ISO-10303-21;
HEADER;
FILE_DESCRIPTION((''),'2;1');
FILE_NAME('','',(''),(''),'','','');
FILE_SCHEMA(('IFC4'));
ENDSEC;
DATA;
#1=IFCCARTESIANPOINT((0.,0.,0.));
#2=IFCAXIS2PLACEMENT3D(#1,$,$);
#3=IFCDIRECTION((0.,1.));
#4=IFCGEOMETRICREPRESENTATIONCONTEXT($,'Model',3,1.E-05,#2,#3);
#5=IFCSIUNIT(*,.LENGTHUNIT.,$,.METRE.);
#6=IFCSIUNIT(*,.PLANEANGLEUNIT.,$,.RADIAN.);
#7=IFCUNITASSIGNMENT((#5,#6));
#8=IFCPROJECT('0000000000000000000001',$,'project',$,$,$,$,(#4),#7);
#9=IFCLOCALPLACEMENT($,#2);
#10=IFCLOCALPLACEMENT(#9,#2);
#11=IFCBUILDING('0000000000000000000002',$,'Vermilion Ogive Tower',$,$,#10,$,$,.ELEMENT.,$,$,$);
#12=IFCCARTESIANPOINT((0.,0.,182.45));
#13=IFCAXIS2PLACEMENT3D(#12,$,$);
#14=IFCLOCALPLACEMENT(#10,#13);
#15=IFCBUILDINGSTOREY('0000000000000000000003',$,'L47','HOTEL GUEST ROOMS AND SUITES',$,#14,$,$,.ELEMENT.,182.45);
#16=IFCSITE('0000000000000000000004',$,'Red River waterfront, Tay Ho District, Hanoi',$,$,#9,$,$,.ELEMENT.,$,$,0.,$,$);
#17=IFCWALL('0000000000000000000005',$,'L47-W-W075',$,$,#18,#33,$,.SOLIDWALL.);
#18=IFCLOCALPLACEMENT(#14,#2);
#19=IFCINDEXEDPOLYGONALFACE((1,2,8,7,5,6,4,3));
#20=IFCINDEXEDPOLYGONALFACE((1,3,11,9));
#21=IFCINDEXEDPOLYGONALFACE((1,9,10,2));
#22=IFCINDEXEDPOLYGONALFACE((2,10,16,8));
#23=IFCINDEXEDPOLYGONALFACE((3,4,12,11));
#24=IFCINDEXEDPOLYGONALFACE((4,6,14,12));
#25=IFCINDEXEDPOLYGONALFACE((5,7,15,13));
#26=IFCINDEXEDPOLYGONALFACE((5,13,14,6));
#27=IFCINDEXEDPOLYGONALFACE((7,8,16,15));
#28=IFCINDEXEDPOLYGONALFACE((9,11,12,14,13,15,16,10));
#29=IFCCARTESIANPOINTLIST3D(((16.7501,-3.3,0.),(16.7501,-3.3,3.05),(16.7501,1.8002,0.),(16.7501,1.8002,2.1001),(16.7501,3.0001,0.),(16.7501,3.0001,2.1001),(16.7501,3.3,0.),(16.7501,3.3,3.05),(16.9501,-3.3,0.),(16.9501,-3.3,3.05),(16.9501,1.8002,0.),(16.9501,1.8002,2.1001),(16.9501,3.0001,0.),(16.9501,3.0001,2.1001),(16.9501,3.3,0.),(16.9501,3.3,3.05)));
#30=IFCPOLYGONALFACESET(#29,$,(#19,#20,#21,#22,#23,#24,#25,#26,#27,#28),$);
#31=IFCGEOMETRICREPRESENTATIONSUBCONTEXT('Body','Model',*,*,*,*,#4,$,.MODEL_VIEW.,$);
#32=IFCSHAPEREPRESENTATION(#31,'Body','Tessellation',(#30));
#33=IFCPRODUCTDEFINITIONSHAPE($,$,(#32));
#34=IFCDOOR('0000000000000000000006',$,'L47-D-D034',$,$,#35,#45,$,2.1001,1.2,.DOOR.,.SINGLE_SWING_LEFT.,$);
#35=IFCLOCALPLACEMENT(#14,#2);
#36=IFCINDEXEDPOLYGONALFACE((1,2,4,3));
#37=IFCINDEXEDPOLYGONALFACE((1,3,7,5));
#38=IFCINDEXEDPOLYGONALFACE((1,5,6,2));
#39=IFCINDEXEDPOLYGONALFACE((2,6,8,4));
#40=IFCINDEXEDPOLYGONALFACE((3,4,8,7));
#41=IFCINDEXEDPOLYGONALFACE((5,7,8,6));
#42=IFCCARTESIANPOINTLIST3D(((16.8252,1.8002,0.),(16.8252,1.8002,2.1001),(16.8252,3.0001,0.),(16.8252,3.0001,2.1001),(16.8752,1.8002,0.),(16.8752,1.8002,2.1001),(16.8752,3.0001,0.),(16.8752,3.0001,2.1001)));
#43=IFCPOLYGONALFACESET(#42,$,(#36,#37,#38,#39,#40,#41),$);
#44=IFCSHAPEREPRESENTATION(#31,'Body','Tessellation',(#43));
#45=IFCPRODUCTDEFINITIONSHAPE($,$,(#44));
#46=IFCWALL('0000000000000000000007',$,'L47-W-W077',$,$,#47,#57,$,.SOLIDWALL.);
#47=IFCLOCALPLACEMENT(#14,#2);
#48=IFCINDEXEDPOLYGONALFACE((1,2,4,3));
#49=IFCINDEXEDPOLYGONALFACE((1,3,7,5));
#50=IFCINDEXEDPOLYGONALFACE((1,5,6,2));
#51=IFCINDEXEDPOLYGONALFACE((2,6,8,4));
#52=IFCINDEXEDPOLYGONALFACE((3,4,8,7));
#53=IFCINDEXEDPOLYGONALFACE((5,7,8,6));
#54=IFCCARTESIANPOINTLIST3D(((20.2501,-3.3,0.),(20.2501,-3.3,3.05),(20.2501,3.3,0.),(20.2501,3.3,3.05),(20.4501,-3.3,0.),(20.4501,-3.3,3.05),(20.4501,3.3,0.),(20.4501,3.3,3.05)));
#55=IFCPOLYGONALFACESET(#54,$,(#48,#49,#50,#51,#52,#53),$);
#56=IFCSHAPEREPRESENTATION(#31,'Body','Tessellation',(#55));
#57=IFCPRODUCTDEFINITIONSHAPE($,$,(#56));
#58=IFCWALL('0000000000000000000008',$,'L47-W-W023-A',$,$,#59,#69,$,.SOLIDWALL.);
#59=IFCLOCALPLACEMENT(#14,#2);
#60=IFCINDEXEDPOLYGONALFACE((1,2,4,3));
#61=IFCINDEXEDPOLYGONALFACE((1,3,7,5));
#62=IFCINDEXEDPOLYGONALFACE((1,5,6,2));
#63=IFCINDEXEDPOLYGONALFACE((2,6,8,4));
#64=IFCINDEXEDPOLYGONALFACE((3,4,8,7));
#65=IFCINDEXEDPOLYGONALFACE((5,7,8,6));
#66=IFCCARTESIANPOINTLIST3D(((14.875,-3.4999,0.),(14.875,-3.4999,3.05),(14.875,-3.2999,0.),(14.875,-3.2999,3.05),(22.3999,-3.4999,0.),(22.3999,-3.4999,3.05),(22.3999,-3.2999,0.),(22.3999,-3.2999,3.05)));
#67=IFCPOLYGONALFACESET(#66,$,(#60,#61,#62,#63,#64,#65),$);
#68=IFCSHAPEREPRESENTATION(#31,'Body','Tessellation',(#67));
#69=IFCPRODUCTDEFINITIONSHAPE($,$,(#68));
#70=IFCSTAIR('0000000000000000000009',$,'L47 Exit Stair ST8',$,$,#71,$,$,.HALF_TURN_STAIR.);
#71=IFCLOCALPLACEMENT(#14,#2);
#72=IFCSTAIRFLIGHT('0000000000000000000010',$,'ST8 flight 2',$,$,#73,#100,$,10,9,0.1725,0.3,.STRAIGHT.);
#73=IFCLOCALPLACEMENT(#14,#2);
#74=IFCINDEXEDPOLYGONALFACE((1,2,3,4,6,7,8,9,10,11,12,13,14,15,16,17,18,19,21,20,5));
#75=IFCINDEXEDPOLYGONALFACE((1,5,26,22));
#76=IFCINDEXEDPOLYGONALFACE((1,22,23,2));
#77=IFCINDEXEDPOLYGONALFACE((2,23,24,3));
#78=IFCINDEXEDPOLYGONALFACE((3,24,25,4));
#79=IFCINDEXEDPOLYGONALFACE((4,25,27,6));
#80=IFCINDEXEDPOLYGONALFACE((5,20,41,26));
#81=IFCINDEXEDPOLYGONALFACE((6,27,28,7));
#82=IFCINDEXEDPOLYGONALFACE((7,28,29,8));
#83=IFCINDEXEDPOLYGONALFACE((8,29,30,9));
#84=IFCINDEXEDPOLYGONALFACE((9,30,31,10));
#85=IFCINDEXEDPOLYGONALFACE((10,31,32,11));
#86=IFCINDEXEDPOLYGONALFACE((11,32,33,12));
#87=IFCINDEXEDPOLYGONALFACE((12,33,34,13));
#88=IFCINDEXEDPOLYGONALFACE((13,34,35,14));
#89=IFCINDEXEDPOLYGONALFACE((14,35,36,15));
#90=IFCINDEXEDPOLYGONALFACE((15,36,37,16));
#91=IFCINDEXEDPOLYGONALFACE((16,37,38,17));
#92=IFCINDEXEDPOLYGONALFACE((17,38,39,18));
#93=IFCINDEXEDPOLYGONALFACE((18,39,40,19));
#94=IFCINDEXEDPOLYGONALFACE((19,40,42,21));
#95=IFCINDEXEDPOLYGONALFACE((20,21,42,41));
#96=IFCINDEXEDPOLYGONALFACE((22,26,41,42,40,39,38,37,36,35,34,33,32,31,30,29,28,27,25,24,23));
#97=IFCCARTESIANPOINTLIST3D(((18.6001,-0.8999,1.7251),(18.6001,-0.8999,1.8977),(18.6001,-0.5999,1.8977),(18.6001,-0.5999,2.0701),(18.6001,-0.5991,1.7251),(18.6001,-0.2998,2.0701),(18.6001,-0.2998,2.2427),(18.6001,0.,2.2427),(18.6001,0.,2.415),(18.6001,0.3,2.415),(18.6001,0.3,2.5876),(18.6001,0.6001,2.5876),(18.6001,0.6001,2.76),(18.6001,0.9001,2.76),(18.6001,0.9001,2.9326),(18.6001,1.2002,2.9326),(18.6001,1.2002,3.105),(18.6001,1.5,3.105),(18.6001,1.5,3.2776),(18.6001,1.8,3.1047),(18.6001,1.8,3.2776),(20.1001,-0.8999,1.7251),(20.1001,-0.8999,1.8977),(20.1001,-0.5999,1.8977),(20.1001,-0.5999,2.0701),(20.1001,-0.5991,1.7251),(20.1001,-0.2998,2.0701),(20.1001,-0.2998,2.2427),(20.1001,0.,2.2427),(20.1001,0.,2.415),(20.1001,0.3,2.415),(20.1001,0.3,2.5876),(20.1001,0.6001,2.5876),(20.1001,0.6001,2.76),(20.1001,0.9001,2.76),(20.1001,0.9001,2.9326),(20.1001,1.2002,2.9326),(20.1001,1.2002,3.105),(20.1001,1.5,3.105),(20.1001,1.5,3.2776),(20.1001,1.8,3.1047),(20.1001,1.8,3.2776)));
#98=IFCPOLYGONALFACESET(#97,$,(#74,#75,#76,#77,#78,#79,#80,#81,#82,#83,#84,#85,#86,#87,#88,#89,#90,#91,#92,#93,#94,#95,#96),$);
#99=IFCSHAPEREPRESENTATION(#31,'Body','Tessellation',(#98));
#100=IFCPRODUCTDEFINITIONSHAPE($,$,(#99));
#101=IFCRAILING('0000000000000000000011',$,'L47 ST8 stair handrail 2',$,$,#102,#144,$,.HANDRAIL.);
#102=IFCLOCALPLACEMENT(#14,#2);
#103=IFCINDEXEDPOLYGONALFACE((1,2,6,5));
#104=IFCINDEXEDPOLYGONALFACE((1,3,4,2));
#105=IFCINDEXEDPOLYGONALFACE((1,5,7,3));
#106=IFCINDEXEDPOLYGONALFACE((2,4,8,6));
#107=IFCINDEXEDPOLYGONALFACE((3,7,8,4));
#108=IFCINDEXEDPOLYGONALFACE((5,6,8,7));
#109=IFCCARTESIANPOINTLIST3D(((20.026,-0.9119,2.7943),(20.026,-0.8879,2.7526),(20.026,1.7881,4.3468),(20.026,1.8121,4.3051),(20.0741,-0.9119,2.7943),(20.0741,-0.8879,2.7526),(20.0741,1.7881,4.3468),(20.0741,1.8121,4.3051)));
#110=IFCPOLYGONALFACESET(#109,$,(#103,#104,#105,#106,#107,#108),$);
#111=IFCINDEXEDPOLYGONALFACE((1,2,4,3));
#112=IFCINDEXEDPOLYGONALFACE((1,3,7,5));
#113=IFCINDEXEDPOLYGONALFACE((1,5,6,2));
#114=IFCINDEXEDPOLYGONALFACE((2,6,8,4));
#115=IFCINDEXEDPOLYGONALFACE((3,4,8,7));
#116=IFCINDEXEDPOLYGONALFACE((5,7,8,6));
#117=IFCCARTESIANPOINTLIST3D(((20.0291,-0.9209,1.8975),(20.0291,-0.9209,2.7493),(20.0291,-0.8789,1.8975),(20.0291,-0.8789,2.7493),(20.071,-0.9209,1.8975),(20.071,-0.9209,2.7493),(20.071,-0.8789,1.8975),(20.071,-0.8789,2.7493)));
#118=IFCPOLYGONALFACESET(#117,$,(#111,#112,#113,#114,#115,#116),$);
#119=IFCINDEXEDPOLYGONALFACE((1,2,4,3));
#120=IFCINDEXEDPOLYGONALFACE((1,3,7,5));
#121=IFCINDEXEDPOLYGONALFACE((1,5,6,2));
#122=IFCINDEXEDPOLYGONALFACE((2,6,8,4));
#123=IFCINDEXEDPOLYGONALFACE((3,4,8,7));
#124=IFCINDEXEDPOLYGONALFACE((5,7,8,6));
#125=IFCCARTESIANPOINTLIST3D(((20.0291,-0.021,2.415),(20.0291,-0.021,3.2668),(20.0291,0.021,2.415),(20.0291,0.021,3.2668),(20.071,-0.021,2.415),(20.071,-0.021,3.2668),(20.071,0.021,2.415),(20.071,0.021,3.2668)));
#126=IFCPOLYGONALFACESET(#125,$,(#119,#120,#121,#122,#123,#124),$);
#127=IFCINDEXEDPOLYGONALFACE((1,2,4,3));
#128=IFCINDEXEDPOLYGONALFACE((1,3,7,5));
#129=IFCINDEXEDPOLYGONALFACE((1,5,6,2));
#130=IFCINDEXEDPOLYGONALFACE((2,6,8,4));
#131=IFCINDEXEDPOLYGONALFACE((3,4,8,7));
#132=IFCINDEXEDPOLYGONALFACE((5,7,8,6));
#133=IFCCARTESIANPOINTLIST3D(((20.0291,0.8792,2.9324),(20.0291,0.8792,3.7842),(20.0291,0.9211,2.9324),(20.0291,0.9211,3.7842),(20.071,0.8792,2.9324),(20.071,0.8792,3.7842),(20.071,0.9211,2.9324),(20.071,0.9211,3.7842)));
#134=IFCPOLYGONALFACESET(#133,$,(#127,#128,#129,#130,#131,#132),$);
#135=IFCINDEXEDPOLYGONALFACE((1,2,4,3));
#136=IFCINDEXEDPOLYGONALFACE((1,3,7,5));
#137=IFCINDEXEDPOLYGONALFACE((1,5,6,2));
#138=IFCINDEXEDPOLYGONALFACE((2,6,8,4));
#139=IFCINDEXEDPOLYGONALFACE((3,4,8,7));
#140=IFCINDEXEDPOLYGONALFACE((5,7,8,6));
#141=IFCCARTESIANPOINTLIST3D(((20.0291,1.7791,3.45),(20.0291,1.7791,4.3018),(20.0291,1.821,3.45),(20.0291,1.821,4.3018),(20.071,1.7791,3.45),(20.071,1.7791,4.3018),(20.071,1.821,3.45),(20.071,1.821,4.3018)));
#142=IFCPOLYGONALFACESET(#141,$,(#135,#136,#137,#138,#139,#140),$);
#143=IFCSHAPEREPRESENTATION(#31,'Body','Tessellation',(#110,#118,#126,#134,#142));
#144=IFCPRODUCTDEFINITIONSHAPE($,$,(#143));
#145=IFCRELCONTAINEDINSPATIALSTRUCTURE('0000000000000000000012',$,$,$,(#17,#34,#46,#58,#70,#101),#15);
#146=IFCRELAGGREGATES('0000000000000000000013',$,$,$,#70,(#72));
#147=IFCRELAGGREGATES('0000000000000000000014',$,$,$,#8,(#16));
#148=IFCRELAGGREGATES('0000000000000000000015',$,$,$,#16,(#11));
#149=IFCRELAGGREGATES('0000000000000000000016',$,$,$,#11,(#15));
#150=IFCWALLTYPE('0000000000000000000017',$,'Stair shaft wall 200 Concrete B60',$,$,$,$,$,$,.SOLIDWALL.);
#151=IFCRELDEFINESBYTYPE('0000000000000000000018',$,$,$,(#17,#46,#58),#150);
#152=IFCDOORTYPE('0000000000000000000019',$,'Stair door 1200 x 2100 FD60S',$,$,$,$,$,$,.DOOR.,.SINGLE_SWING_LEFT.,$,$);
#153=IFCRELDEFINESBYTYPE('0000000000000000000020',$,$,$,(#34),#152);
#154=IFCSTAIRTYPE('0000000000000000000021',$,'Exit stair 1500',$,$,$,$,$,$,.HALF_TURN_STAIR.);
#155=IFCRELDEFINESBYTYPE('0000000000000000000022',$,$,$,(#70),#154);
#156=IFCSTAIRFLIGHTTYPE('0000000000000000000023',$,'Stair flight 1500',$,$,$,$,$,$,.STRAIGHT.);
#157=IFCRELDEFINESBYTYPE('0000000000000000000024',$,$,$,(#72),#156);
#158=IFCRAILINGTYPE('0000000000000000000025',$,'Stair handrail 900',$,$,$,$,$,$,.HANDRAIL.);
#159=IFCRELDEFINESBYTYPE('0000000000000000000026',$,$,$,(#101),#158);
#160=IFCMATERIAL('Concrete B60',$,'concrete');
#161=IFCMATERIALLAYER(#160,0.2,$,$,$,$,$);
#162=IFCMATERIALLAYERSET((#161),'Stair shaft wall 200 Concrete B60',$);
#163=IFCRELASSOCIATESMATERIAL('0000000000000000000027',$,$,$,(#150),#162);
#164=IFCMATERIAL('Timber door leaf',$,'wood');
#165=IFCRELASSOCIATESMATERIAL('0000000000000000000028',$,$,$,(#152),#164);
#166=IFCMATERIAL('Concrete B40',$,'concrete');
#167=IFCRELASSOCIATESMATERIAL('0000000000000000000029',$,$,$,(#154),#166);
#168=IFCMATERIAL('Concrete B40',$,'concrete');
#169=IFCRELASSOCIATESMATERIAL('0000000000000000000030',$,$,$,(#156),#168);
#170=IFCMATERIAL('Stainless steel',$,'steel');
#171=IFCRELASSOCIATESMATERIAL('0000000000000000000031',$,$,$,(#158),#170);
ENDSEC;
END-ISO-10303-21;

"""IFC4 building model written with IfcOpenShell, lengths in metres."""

from ifc_helpers import new_model, si_unit, direction, frame, frame_2d, origin, origin_2d, place, context, subcontext, project, spatial, polyline, rectangle, outline, extrude, material, layer, layer_set, type_object, element, fill, aggregate, save


model = new_model("IFC4")

# Units and contexts
model_context = context("Model", 3, precision=1e-05, world=origin(), true_north=direction((0.0, 1.0)))
body_context = subcontext(model_context, "Body", "Model", "MODEL_VIEW")
ifc_project = project(units=[si_unit("LENGTHUNIT", "METRE"), si_unit("PLANEANGLEUNIT", "RADIAN")], contexts=[model_context])

# Site, building, storey
site_placement = place(None, origin())
site = spatial("IfcSite", under=ifc_project, at=site_placement, Name="Red River waterfront, Tay Ho District, Hanoi", CompositionType="ELEMENT", RefElevation=0.0)
building_placement = place(site_placement, origin())
building = spatial("IfcBuilding", under=site, at=building_placement, Name="Vermilion Ogive Tower", CompositionType="ELEMENT")
storey_placement = place(building_placement, frame((0.0, 0.0, 182.45)))
storey = spatial("IfcBuildingStorey", under=building, at=storey_placement, Name="L47", Description="HOTEL GUEST ROOMS AND SUITES", CompositionType="ELEMENT", Elevation=182.45)

# Wall, opening, door
ifc_material_1 = material(Name="Concrete B60", Category="concrete")
ifc_layer_1 = layer(ifc_material_1, 0.2)
ifc_layer_set_1 = layer_set([ifc_layer_1], Name="Stair shaft wall 200 Concrete B60")
wall_type_1 = type_object("IfcWallType", Name="Stair shaft wall 200 Concrete B60", PredefinedType="SOLIDWALL", material=ifc_layer_set_1)
wall_1_placement = place(storey_placement, frame((16.8501, -3.3, 0.0), z_axis=(0.0, 0.0, 1.0), x_axis=(0.0, 1.0, 0.0)))
wall_1 = element("IfcWall", 1, at=wall_1_placement, inside=storey, type_object=wall_type_1, Name="L47-W-W075", PredefinedType="SOLIDWALL", context=body_context, shape_type="SweptSolid", body=[
    extrude(rectangle(XDim=6.6001, YDim=0.2, at=frame_2d((3.3, 0.0))), origin(), (0.0, 0.0, 1.0), 3.05),
])
opening_1_placement = place(wall_1_placement, frame((5.1001, 0.0, 0.0)))
opening_1 = element("IfcOpeningElement", 2, at=opening_1_placement, cuts=wall_1, PredefinedType="OPENING", context=body_context, shape_type="SweptSolid", body=[
    extrude(rectangle(XDim=1.2, YDim=2.1001, at=frame_2d((0.6001, 1.05))), frame((0.0, 0.1099, 0.0), z_axis=(0.0, -1.0, 0.0), x_axis=(1.0, 0.0, 0.0)), (0.0, 0.0, 1.0), 0.22),
])
ifc_material_2 = material(Name="Timber door leaf", Category="wood")
door_type_1 = type_object("IfcDoorType", Name="Stair door 1200 x 2100 FD60S", OperationType="SINGLE_SWING_LEFT", PredefinedType="DOOR", material=ifc_material_2)
door_1_placement = place(opening_1_placement, origin())
door_1 = element("IfcDoor", 3, at=door_1_placement, inside=storey, type_object=door_type_1, Name="L47-D-D034", OperationType="SINGLE_SWING_LEFT", OverallHeight=2.1001, OverallWidth=1.2, PredefinedType="DOOR", context=body_context, shape_type="SweptSolid", body=[
    extrude(rectangle(XDim=1.2, YDim=2.1001, at=frame_2d((0.6001, 1.05))), frame((0.0, 0.0249, 0.0), z_axis=(0.0, -1.0, 0.0), x_axis=(1.0, 0.0, 0.0)), (0.0, 0.0, 1.0), 0.05),
])
fill(opening_1, door_1)

# Walls
wall_2_placement = place(storey_placement, frame((20.3501, -3.3, 0.0), z_axis=(0.0, 0.0, 1.0), x_axis=(0.0, 1.0, 0.0)))
element("IfcWall", 4, at=wall_2_placement, inside=storey, type_object=wall_type_1, Name="L47-W-W077", PredefinedType="SOLIDWALL", context=body_context, shape_type="SweptSolid", body=[
    extrude(rectangle(XDim=6.6001, YDim=0.2, at=frame_2d((3.3, 0.0))), origin(), (0.0, 0.0, 1.0), 3.05),
])
wall_3_placement = place(storey_placement, frame((14.875, -3.3999, 0.0), z_axis=(0.0, 0.0, 1.0), x_axis=(1.0, 0.0, 0.0)))
element("IfcWall", 5, at=wall_3_placement, inside=storey, type_object=wall_type_1, Name="L47-W-W023-A", PredefinedType="SOLIDWALL", context=body_context, shape_type="SweptSolid", body=[
    extrude(rectangle(XDim=7.5249, YDim=0.2, at=frame_2d((3.7625, 0.0))), origin(), (0.0, 0.0, 1.0), 3.05),
])

# Stair, stair flight
ifc_material_3 = material(Name="Concrete B40", Category="concrete")
stair_type = type_object("IfcStairType", Name="Exit stair 1500", PredefinedType="HALF_TURN_STAIR", material=ifc_material_3)
stair_placement = place(storey_placement, origin())
stair = element("IfcStair", 6, at=stair_placement, inside=storey, type_object=stair_type, Name="L47 Exit Stair ST8", PredefinedType="HALF_TURN_STAIR")
ifc_material_4 = material(Name="Concrete B40", Category="concrete")
stair_flight_type = type_object("IfcStairFlightType", Name="Stair flight 1500", PredefinedType="STRAIGHT", material=ifc_material_4)
stair_flight_placement = place(storey_placement, frame((19.3501, -0.8999, 1.7251), z_axis=(0.0, 0.0, 1.0), x_axis=(0.0, 1.0, 0.0)))
stair_flight = element("IfcStairFlight", 7, at=stair_flight_placement, type_object=stair_flight_type, Name="ST8 flight 2", NumberOfRisers=10, NumberOfTreads=9, PredefinedType="STRAIGHT", RiserHeight=0.1725, TreadLength=0.3, context=body_context, shape_type="SweptSolid", body=[
    extrude(outline(polyline([(0.0, 0.0), (0.0, 0.1726), (0.3, 0.1726), (0.3, 0.345), (0.6001, 0.345), (0.6001, 0.5176), (0.8999, 0.5176), (0.8999, 0.6899), (1.2, 0.6899), (1.2, 0.8625), (1.5, 0.8625), (1.5, 1.0349), (1.8, 1.0349), (1.8, 1.2075), (2.1001, 1.2075), (2.1001, 1.3799), (2.3999, 1.3799), (2.3999, 1.5525), (2.7, 1.5525), (2.7, 1.7251), (2.7, 1.3796), (0.3008, 0.0), (0.0, 0.0)])), frame((0.0, 0.75, 0.0), z_axis=(0.0, -1.0, 0.0), x_axis=(1.0, 0.0, 0.0)), (0.0, 0.0, 1.0), 1.5),
])
aggregate(stair, [stair_flight])

# Railing
ifc_material_5 = material(Name="Stainless steel", Category="steel")
railing_type = type_object("IfcRailingType", Name="Stair handrail 900", PredefinedType="HANDRAIL", material=ifc_material_5)
railing_placement = place(storey_placement, frame((20.05, -0.8999, 1.8975)))
element("IfcRailing", 8, at=railing_placement, inside=storey, type_object=railing_type, Name="L47 ST8 stair handrail 2", PredefinedType="HANDRAIL", context=body_context, shape_type="SweptSolid", body=[
    extrude(rectangle(XDim=0.0481, YDim=0.0481, at=origin_2d()), frame((0.0, 0.0, 0.876), z_axis=(0.0, 0.866904, 0.498476), x_axis=(-1.0, 0.0, 0.0)), (0.0, 0.0, 1.0), 3.1145),
    extrude(rectangle(XDim=0.042, YDim=0.042, at=origin_2d()), origin(), (0.0, 0.0, 1.0), 0.8518),
    extrude(rectangle(XDim=0.042, YDim=0.042, at=origin_2d()), frame((0.0, 0.8999, 0.5176)), (0.0, 0.0, 1.0), 0.8518),
    extrude(rectangle(XDim=0.042, YDim=0.042, at=origin_2d()), frame((0.0, 1.8, 1.0349)), (0.0, 0.0, 1.0), 0.8518),
    extrude(rectangle(XDim=0.042, YDim=0.042, at=origin_2d()), frame((0.0, 2.7, 1.5525)), (0.0, 0.0, 1.0), 0.8518),
])

save(model, "model.ifc")
